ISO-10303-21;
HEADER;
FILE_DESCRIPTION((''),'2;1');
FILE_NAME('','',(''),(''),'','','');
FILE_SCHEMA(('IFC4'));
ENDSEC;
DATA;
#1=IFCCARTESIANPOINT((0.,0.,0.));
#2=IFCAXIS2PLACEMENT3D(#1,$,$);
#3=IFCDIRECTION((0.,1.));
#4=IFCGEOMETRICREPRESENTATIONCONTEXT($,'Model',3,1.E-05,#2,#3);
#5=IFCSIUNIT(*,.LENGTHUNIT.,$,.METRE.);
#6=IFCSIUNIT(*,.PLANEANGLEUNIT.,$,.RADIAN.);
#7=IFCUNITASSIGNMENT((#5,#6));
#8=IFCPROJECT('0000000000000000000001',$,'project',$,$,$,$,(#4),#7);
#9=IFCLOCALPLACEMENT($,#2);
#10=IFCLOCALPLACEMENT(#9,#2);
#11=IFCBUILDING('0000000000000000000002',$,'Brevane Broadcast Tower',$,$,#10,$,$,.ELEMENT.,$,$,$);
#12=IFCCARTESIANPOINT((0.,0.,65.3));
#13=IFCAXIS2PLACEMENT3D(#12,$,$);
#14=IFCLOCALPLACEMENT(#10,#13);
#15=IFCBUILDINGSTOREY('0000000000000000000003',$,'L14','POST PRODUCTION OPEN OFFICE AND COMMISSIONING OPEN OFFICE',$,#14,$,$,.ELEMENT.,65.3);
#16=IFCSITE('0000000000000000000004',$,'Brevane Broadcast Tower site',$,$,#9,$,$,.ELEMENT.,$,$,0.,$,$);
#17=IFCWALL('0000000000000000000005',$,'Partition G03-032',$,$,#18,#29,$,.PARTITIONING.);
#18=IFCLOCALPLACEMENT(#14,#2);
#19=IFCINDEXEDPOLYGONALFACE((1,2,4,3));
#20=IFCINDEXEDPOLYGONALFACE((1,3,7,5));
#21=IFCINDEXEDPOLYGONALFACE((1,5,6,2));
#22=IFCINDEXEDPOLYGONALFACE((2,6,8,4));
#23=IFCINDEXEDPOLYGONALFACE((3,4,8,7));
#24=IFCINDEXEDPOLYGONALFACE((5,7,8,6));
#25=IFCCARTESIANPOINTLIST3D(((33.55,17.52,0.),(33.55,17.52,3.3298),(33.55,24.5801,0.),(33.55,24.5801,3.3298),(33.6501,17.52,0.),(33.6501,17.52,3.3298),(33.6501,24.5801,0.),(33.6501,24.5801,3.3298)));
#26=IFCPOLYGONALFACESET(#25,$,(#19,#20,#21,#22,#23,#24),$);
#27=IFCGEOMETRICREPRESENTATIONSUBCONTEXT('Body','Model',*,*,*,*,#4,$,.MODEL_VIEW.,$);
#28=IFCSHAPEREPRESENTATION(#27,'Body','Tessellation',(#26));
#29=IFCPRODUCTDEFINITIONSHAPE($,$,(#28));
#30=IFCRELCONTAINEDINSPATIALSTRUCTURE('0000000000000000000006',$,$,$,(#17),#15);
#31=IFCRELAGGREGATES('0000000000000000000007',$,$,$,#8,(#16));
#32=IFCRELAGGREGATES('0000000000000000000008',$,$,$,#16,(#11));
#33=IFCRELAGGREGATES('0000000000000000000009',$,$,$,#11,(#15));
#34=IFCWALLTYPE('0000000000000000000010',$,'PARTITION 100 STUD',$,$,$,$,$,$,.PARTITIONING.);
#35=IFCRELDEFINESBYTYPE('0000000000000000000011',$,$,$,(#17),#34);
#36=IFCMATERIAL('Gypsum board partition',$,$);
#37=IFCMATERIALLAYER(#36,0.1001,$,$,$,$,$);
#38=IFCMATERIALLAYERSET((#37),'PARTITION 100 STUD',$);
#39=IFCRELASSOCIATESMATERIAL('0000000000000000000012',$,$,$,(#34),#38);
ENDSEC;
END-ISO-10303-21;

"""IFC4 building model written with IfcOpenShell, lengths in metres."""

from ifc_helpers import new_model, si_unit, direction, frame, frame_2d, origin, place, context, subcontext, project, spatial, rectangle, extrude, material, layer, layer_set, type_object, element, save


model = new_model("IFC4")

# Units and contexts
model_context = context("Model", 3, precision=1e-05, world=origin(), true_north=direction((0.0, 1.0)))
body_context = subcontext(model_context, "Body", "Model", "MODEL_VIEW")
ifc_project = project(units=[si_unit("LENGTHUNIT", "METRE"), si_unit("PLANEANGLEUNIT", "RADIAN")], contexts=[model_context])

# Site, building, storey
site_placement = place(None, origin())
site = spatial("IfcSite", under=ifc_project, at=site_placement, Name="Brevane Broadcast Tower site", CompositionType="ELEMENT", RefElevation=0.0)
building_placement = place(site_placement, origin())
building = spatial("IfcBuilding", under=site, at=building_placement, Name="Brevane Broadcast Tower", CompositionType="ELEMENT")
storey_placement = place(building_placement, frame((0.0, 0.0, 65.3)))
storey = spatial("IfcBuildingStorey", under=building, at=storey_placement, Name="L14", Description="POST PRODUCTION OPEN OFFICE AND COMMISSIONING OPEN OFFICE", CompositionType="ELEMENT", Elevation=65.3)

# Wall
ifc_material_1 = material(Name="Gypsum board partition")
ifc_layer = layer(ifc_material_1, 0.1001)
ifc_layer_set = layer_set([ifc_layer], Name="PARTITION 100 STUD")
wall_type = type_object("IfcWallType", Name="PARTITION 100 STUD", PredefinedType="PARTITIONING", material=ifc_layer_set)
wall_1_placement = place(storey_placement, frame((33.6001, 24.5801, 0.0), z_axis=(0.0, 0.0, 1.0), x_axis=(0.0, -1.0, 0.0)))
element("IfcWall", 1, at=wall_1_placement, inside=storey, type_object=wall_type, Name="Partition G03-032", PredefinedType="PARTITIONING", context=body_context, shape_type="SweptSolid", body=[
    extrude(rectangle(XDim=7.0601, YDim=0.1001, at=frame_2d((3.53, 0.0))), origin(), (0.0, 0.0, 1.0), 3.3298),
])

save(model, "model.ifc")
